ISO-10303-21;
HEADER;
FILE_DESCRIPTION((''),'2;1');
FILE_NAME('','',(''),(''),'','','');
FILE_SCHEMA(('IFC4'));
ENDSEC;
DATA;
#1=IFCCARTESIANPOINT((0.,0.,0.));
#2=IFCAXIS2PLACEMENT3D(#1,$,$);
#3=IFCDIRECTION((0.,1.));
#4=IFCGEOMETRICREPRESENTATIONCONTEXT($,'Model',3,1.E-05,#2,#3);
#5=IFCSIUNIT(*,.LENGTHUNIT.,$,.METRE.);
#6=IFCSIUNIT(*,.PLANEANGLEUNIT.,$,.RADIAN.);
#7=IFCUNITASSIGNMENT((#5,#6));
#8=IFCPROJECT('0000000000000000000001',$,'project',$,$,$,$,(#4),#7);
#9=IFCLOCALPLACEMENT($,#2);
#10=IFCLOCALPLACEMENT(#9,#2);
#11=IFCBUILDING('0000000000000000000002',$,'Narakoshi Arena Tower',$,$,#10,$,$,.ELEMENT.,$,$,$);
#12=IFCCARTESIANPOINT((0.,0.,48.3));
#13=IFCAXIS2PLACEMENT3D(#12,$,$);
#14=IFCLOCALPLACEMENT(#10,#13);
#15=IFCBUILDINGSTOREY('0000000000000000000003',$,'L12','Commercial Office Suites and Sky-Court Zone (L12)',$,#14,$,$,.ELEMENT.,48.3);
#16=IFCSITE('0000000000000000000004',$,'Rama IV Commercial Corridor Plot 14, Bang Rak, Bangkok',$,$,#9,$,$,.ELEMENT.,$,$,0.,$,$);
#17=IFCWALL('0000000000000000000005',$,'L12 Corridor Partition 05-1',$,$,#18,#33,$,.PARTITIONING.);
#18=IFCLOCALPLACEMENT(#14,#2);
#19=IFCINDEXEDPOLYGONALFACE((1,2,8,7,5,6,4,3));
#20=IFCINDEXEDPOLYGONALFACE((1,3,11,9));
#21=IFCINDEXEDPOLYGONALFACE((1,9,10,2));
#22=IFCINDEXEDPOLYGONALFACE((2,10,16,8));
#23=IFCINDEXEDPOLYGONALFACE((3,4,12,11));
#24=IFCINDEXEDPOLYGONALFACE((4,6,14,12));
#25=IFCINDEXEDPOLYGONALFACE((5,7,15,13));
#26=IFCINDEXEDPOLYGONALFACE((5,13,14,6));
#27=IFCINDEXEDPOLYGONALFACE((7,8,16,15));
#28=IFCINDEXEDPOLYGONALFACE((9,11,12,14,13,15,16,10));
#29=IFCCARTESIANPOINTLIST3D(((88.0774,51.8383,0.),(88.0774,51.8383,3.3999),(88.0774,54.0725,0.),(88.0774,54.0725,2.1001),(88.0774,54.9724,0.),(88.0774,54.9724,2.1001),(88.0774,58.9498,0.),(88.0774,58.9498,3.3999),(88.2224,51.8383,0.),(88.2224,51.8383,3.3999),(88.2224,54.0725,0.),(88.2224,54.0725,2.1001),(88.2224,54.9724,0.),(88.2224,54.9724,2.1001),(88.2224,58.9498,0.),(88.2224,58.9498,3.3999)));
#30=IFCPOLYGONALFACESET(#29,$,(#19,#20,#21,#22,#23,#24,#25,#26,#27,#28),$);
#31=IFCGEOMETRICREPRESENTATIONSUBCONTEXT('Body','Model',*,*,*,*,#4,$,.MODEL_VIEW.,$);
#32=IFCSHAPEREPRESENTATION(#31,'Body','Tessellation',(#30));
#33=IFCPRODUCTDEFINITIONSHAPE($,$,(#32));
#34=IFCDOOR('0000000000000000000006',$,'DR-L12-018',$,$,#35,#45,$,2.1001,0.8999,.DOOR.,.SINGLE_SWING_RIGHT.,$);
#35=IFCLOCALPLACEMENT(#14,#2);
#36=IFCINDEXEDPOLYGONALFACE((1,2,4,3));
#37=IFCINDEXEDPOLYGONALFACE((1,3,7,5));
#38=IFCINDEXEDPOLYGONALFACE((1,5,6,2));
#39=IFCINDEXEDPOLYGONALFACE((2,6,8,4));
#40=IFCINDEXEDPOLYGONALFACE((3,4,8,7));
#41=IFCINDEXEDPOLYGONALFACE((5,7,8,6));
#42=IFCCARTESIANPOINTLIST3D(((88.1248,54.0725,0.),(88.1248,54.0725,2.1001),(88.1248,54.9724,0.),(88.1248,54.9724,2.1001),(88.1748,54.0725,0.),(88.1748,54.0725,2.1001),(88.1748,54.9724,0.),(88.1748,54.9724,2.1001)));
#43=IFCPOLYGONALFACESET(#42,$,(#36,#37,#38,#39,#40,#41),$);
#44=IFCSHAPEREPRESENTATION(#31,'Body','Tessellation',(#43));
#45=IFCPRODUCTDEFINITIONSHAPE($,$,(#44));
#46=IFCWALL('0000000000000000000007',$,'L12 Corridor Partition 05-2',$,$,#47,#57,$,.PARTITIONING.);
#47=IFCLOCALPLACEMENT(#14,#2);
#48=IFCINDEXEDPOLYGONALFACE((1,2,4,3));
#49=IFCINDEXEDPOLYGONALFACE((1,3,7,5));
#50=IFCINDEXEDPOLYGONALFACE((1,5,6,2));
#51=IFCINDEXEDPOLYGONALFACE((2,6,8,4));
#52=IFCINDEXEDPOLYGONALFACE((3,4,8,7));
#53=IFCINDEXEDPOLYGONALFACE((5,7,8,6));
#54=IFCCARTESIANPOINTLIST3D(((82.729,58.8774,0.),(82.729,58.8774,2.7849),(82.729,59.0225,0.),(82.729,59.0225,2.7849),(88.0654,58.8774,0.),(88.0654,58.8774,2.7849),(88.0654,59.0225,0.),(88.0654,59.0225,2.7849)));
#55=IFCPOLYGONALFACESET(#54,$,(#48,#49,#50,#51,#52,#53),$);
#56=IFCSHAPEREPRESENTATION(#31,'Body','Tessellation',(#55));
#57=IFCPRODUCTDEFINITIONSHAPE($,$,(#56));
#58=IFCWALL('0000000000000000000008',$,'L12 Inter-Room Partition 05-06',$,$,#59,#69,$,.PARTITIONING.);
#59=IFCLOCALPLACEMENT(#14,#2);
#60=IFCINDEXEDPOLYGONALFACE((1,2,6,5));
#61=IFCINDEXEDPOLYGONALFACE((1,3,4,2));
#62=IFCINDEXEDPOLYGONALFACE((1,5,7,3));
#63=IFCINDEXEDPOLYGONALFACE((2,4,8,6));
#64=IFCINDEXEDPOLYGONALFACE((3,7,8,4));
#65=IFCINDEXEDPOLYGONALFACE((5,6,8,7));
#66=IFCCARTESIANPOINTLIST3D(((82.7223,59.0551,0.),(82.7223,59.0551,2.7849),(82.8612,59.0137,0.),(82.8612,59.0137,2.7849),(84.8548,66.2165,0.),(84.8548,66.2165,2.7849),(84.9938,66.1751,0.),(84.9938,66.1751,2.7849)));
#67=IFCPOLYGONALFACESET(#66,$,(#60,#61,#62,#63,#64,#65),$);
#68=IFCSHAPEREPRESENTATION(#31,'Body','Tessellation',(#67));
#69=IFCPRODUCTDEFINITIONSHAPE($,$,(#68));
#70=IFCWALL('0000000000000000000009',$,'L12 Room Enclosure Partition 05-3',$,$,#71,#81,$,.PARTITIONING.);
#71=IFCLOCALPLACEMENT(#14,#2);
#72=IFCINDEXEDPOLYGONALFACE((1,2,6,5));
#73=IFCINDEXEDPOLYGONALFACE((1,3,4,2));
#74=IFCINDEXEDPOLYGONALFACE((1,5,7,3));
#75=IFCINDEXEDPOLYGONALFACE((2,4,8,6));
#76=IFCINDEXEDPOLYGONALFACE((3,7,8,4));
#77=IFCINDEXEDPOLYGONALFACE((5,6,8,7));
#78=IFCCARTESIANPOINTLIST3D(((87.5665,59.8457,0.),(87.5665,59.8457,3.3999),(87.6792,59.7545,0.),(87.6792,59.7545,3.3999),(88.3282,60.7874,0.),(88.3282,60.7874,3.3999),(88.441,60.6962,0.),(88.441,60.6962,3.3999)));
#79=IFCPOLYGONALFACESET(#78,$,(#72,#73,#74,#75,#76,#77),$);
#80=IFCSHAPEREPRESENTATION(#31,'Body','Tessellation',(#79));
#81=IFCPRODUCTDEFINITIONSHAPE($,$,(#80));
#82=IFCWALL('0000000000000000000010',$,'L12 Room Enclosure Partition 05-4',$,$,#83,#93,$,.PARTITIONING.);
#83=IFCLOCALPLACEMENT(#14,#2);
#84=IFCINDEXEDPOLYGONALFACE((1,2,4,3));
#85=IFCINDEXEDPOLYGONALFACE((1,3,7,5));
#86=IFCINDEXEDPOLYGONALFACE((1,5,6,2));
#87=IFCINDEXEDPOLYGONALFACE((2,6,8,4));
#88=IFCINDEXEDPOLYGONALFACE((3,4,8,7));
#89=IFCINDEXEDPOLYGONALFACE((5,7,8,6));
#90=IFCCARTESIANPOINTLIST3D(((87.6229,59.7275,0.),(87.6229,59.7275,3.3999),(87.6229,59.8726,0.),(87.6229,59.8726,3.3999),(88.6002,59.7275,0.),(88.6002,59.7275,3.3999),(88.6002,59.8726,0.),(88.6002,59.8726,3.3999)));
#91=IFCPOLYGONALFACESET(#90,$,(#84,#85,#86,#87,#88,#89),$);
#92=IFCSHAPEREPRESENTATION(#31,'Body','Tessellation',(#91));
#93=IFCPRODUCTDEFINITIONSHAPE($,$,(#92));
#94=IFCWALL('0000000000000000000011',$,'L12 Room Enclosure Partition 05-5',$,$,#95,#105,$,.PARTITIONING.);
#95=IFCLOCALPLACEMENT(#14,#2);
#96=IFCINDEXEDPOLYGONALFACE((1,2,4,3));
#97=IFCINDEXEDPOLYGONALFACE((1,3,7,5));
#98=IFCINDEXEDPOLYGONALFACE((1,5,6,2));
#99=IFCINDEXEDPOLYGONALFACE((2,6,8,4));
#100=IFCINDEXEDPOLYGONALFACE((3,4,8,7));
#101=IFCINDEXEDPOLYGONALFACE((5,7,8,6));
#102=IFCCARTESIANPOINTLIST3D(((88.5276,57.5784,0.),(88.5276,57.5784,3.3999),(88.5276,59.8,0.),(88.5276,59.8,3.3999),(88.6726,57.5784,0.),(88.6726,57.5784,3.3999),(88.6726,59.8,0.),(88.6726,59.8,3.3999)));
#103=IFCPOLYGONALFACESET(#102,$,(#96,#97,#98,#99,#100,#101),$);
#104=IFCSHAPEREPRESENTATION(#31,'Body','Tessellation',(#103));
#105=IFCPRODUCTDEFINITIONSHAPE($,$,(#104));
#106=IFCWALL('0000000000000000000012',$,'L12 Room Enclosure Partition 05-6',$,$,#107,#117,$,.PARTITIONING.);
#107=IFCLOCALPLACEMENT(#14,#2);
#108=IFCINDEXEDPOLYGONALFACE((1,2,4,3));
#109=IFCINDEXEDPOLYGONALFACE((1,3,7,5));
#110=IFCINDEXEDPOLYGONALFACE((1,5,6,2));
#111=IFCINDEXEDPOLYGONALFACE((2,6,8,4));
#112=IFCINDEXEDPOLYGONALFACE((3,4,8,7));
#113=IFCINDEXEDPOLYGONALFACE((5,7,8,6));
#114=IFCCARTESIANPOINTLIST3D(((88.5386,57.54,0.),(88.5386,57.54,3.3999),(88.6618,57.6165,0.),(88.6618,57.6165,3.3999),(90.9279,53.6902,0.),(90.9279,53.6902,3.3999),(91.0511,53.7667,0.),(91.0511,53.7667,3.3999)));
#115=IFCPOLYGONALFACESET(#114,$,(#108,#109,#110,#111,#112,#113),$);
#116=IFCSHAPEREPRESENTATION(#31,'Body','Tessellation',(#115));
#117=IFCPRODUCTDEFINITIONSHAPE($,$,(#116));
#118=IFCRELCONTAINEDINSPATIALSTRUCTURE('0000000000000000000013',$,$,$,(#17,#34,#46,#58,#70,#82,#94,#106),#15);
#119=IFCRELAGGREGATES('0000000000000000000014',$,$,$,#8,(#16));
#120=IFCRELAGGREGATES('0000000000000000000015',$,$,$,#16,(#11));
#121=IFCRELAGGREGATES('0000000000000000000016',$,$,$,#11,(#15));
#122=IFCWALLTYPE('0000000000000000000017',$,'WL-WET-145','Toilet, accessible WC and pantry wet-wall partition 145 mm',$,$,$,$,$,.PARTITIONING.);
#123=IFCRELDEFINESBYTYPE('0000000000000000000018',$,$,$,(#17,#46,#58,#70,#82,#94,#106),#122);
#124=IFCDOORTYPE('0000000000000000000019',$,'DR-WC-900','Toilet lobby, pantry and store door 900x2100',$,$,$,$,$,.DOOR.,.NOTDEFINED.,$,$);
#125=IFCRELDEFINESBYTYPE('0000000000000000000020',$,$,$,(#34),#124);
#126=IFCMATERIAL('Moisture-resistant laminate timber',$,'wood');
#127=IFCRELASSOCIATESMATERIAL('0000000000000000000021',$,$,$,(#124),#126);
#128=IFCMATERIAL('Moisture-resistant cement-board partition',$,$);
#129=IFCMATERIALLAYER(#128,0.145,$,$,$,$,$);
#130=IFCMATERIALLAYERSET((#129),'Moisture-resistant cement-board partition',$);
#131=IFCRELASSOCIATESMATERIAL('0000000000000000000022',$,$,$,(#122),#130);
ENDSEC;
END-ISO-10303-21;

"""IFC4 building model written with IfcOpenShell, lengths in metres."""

from ifc_helpers import new_model, si_unit, direction, frame, frame_2d, origin, place, context, subcontext, project, spatial, rectangle, extrude, material, layer, layer_set, type_object, element, fill, save


model = new_model("IFC4")

# Units and contexts
model_context = context("Model", 3, precision=1e-05, world=origin(), true_north=direction((0.0, 1.0)))
body_context = subcontext(model_context, "Body", "Model", "MODEL_VIEW")
ifc_project = project(units=[si_unit("LENGTHUNIT", "METRE"), si_unit("PLANEANGLEUNIT", "RADIAN")], contexts=[model_context])

# Site, building, storey
site_placement = place(None, origin())
site = spatial("IfcSite", under=ifc_project, at=site_placement, Name="Rama IV Commercial Corridor Plot 14, Bang Rak, Bangkok", CompositionType="ELEMENT", RefElevation=0.0)
building_placement = place(site_placement, origin())
building = spatial("IfcBuilding", under=site, at=building_placement, Name="Narakoshi Arena Tower", CompositionType="ELEMENT")
storey_placement = place(building_placement, frame((0.0, 0.0, 48.3)))
storey = spatial("IfcBuildingStorey", under=building, at=storey_placement, Name="L12", Description="Commercial Office Suites and Sky-Court Zone (L12)", CompositionType="ELEMENT", Elevation=48.3)

# Shared definitions
ifc_material_1 = material(Name="Moisture-resistant laminate timber", Category="wood")
door_type_1 = type_object("IfcDoorType", Name="DR-WC-900", Description="Toilet lobby, pantry and store door 900x2100", OperationType="NOTDEFINED", PredefinedType="DOOR", material=ifc_material_1)

# Shared definitions
ifc_material_2 = material(Name="Moisture-resistant cement-board partition")
ifc_layer_1 = layer(ifc_material_2, 0.145)
ifc_layer_set_1 = layer_set([ifc_layer_1], Name="Moisture-resistant cement-board partition")
wall_type_1 = type_object("IfcWallType", Name="WL-WET-145", Description="Toilet, accessible WC and pantry wet-wall partition 145 mm", PredefinedType="PARTITIONING", material=ifc_layer_set_1)

# Wall, opening, door
wall_1_placement = place(storey_placement, frame((88.1499, 51.8384, 0.0), z_axis=(0.0, 0.0, 1.0), x_axis=(0.0, 1.0, 0.0)))
wall_1 = element("IfcWall", 1, at=wall_1_placement, inside=storey, type_object=wall_type_1, Name="L12 Corridor Partition 05-1", PredefinedType="PARTITIONING", context=body_context, shape_type="SweptSolid", body=[
    extrude(rectangle(XDim=7.1116, YDim=0.145, at=frame_2d((3.5557, 0.0))), origin(), (0.0, 0.0, 1.0), 3.3999),
])
opening_1_placement = place(wall_1_placement, frame((2.2341, 0.0, 0.0)))
opening_1 = element("IfcOpeningElement", 2, at=opening_1_placement, cuts=wall_1, PredefinedType="OPENING", context=body_context, shape_type="SweptSolid", body=[
    extrude(rectangle(XDim=0.8999, YDim=2.1001, at=frame_2d((0.45, 1.05))), frame((0.0, 0.0825, 0.0), z_axis=(0.0, -1.0, 0.0), x_axis=(1.0, 0.0, 0.0)), (0.0, 0.0, 1.0), 0.165),
])
door_1_placement = place(opening_1_placement, frame((0.8999, 0.0, 0.0), z_axis=(0.0, 0.0, 1.0), x_axis=(-1.0, 0.0, 0.0)))
door_1 = element("IfcDoor", 3, at=door_1_placement, inside=storey, type_object=door_type_1, Name="DR-L12-018", OperationType="SINGLE_SWING_RIGHT", OverallHeight=2.1001, OverallWidth=0.8999, PredefinedType="DOOR", context=body_context, shape_type="SweptSolid", body=[
    extrude(rectangle(XDim=0.8999, YDim=2.1001, at=frame_2d((0.45, 1.05))), frame((0.0, 0.0249, 0.0), z_axis=(0.0, -1.0, 0.0), x_axis=(1.0, 0.0, 0.0)), (0.0, 0.0, 1.0), 0.05),
])
fill(opening_1, door_1)

# Walls
wall_2_placement = place(storey_placement, frame((88.0654, 58.95, 0.0), z_axis=(0.0, 0.0, 1.0), x_axis=(-1.0, 0.0, 0.0)))
element("IfcWall", 4, at=wall_2_placement, inside=storey, type_object=wall_type_1, Name="L12 Corridor Partition 05-2", PredefinedType="PARTITIONING", context=body_context, shape_type="SweptSolid", body=[
    extrude(rectangle(XDim=5.3364, YDim=0.145, at=frame_2d((2.6682, 0.0))), origin(), (0.0, 0.0, 1.0), 2.7849),
])
wall_3_placement = place(storey_placement, frame((82.7917, 59.0344, 0.0), z_axis=(0.0, 0.0, 1.0), x_axis=(0.285402, 0.958408, 0.0)))
element("IfcWall", 5, at=wall_3_placement, inside=storey, type_object=wall_type_1, Name="L12 Inter-Room Partition 05-06", PredefinedType="PARTITIONING", context=body_context, shape_type="SweptSolid", body=[
    extrude(rectangle(XDim=7.4722, YDim=0.145, at=frame_2d((3.7361, 0.0))), origin(), (0.0, 0.0, 1.0), 2.7849),
])
wall_4_placement = place(storey_placement, frame((88.3845, 60.7417, 0.0), z_axis=(0.0, 0.0, 1.0), x_axis=(-0.628914, -0.777475, 0.0)))
element("IfcWall", 6, at=wall_4_placement, inside=storey, type_object=wall_type_1, Name="L12 Room Enclosure Partition 05-3", PredefinedType="PARTITIONING", context=body_context, shape_type="SweptSolid", body=[
    extrude(rectangle(XDim=1.2112, YDim=0.145, at=frame_2d((0.6055, 0.0))), origin(), (0.0, 0.0, 1.0), 3.3999),
])
wall_5_placement = place(storey_placement, frame((87.6228, 59.8, 0.0), z_axis=(0.0, 0.0, 1.0), x_axis=(1.0, 0.0, 0.0)))
element("IfcWall", 7, at=wall_5_placement, inside=storey, type_object=wall_type_1, Name="L12 Room Enclosure Partition 05-4", PredefinedType="PARTITIONING", context=body_context, shape_type="SweptSolid", body=[
    extrude(rectangle(XDim=0.9773, YDim=0.145, at=frame_2d((0.4888, 0.0))), origin(), (0.0, 0.0, 1.0), 3.3999),
])
wall_6_placement = place(storey_placement, frame((88.6001, 59.8, 0.0), z_axis=(0.0, 0.0, 1.0), x_axis=(0.0, -1.0, 0.0)))
element("IfcWall", 8, at=wall_6_placement, inside=storey, type_object=wall_type_1, Name="L12 Room Enclosure Partition 05-5", PredefinedType="PARTITIONING", context=body_context, shape_type="SweptSolid", body=[
    extrude(rectangle(XDim=2.2217, YDim=0.145, at=frame_2d((1.1108, 0.0))), origin(), (0.0, 0.0, 1.0), 3.3999),
])
wall_7_placement = place(storey_placement, frame((88.6001, 57.5784, 0.0), z_axis=(0.0, 0.0, 1.0), x_axis=(0.527337, -0.849656, 0.0)))
element("IfcWall", 9, at=wall_7_placement, inside=storey, type_object=wall_type_1, Name="L12 Room Enclosure Partition 05-6", PredefinedType="PARTITIONING", context=body_context, shape_type="SweptSolid", body=[
    extrude(rectangle(XDim=4.531, YDim=0.145, at=frame_2d((2.2656, 0.0))), origin(), (0.0, 0.0, 1.0), 3.3999),
])

save(model, "model.ifc")
